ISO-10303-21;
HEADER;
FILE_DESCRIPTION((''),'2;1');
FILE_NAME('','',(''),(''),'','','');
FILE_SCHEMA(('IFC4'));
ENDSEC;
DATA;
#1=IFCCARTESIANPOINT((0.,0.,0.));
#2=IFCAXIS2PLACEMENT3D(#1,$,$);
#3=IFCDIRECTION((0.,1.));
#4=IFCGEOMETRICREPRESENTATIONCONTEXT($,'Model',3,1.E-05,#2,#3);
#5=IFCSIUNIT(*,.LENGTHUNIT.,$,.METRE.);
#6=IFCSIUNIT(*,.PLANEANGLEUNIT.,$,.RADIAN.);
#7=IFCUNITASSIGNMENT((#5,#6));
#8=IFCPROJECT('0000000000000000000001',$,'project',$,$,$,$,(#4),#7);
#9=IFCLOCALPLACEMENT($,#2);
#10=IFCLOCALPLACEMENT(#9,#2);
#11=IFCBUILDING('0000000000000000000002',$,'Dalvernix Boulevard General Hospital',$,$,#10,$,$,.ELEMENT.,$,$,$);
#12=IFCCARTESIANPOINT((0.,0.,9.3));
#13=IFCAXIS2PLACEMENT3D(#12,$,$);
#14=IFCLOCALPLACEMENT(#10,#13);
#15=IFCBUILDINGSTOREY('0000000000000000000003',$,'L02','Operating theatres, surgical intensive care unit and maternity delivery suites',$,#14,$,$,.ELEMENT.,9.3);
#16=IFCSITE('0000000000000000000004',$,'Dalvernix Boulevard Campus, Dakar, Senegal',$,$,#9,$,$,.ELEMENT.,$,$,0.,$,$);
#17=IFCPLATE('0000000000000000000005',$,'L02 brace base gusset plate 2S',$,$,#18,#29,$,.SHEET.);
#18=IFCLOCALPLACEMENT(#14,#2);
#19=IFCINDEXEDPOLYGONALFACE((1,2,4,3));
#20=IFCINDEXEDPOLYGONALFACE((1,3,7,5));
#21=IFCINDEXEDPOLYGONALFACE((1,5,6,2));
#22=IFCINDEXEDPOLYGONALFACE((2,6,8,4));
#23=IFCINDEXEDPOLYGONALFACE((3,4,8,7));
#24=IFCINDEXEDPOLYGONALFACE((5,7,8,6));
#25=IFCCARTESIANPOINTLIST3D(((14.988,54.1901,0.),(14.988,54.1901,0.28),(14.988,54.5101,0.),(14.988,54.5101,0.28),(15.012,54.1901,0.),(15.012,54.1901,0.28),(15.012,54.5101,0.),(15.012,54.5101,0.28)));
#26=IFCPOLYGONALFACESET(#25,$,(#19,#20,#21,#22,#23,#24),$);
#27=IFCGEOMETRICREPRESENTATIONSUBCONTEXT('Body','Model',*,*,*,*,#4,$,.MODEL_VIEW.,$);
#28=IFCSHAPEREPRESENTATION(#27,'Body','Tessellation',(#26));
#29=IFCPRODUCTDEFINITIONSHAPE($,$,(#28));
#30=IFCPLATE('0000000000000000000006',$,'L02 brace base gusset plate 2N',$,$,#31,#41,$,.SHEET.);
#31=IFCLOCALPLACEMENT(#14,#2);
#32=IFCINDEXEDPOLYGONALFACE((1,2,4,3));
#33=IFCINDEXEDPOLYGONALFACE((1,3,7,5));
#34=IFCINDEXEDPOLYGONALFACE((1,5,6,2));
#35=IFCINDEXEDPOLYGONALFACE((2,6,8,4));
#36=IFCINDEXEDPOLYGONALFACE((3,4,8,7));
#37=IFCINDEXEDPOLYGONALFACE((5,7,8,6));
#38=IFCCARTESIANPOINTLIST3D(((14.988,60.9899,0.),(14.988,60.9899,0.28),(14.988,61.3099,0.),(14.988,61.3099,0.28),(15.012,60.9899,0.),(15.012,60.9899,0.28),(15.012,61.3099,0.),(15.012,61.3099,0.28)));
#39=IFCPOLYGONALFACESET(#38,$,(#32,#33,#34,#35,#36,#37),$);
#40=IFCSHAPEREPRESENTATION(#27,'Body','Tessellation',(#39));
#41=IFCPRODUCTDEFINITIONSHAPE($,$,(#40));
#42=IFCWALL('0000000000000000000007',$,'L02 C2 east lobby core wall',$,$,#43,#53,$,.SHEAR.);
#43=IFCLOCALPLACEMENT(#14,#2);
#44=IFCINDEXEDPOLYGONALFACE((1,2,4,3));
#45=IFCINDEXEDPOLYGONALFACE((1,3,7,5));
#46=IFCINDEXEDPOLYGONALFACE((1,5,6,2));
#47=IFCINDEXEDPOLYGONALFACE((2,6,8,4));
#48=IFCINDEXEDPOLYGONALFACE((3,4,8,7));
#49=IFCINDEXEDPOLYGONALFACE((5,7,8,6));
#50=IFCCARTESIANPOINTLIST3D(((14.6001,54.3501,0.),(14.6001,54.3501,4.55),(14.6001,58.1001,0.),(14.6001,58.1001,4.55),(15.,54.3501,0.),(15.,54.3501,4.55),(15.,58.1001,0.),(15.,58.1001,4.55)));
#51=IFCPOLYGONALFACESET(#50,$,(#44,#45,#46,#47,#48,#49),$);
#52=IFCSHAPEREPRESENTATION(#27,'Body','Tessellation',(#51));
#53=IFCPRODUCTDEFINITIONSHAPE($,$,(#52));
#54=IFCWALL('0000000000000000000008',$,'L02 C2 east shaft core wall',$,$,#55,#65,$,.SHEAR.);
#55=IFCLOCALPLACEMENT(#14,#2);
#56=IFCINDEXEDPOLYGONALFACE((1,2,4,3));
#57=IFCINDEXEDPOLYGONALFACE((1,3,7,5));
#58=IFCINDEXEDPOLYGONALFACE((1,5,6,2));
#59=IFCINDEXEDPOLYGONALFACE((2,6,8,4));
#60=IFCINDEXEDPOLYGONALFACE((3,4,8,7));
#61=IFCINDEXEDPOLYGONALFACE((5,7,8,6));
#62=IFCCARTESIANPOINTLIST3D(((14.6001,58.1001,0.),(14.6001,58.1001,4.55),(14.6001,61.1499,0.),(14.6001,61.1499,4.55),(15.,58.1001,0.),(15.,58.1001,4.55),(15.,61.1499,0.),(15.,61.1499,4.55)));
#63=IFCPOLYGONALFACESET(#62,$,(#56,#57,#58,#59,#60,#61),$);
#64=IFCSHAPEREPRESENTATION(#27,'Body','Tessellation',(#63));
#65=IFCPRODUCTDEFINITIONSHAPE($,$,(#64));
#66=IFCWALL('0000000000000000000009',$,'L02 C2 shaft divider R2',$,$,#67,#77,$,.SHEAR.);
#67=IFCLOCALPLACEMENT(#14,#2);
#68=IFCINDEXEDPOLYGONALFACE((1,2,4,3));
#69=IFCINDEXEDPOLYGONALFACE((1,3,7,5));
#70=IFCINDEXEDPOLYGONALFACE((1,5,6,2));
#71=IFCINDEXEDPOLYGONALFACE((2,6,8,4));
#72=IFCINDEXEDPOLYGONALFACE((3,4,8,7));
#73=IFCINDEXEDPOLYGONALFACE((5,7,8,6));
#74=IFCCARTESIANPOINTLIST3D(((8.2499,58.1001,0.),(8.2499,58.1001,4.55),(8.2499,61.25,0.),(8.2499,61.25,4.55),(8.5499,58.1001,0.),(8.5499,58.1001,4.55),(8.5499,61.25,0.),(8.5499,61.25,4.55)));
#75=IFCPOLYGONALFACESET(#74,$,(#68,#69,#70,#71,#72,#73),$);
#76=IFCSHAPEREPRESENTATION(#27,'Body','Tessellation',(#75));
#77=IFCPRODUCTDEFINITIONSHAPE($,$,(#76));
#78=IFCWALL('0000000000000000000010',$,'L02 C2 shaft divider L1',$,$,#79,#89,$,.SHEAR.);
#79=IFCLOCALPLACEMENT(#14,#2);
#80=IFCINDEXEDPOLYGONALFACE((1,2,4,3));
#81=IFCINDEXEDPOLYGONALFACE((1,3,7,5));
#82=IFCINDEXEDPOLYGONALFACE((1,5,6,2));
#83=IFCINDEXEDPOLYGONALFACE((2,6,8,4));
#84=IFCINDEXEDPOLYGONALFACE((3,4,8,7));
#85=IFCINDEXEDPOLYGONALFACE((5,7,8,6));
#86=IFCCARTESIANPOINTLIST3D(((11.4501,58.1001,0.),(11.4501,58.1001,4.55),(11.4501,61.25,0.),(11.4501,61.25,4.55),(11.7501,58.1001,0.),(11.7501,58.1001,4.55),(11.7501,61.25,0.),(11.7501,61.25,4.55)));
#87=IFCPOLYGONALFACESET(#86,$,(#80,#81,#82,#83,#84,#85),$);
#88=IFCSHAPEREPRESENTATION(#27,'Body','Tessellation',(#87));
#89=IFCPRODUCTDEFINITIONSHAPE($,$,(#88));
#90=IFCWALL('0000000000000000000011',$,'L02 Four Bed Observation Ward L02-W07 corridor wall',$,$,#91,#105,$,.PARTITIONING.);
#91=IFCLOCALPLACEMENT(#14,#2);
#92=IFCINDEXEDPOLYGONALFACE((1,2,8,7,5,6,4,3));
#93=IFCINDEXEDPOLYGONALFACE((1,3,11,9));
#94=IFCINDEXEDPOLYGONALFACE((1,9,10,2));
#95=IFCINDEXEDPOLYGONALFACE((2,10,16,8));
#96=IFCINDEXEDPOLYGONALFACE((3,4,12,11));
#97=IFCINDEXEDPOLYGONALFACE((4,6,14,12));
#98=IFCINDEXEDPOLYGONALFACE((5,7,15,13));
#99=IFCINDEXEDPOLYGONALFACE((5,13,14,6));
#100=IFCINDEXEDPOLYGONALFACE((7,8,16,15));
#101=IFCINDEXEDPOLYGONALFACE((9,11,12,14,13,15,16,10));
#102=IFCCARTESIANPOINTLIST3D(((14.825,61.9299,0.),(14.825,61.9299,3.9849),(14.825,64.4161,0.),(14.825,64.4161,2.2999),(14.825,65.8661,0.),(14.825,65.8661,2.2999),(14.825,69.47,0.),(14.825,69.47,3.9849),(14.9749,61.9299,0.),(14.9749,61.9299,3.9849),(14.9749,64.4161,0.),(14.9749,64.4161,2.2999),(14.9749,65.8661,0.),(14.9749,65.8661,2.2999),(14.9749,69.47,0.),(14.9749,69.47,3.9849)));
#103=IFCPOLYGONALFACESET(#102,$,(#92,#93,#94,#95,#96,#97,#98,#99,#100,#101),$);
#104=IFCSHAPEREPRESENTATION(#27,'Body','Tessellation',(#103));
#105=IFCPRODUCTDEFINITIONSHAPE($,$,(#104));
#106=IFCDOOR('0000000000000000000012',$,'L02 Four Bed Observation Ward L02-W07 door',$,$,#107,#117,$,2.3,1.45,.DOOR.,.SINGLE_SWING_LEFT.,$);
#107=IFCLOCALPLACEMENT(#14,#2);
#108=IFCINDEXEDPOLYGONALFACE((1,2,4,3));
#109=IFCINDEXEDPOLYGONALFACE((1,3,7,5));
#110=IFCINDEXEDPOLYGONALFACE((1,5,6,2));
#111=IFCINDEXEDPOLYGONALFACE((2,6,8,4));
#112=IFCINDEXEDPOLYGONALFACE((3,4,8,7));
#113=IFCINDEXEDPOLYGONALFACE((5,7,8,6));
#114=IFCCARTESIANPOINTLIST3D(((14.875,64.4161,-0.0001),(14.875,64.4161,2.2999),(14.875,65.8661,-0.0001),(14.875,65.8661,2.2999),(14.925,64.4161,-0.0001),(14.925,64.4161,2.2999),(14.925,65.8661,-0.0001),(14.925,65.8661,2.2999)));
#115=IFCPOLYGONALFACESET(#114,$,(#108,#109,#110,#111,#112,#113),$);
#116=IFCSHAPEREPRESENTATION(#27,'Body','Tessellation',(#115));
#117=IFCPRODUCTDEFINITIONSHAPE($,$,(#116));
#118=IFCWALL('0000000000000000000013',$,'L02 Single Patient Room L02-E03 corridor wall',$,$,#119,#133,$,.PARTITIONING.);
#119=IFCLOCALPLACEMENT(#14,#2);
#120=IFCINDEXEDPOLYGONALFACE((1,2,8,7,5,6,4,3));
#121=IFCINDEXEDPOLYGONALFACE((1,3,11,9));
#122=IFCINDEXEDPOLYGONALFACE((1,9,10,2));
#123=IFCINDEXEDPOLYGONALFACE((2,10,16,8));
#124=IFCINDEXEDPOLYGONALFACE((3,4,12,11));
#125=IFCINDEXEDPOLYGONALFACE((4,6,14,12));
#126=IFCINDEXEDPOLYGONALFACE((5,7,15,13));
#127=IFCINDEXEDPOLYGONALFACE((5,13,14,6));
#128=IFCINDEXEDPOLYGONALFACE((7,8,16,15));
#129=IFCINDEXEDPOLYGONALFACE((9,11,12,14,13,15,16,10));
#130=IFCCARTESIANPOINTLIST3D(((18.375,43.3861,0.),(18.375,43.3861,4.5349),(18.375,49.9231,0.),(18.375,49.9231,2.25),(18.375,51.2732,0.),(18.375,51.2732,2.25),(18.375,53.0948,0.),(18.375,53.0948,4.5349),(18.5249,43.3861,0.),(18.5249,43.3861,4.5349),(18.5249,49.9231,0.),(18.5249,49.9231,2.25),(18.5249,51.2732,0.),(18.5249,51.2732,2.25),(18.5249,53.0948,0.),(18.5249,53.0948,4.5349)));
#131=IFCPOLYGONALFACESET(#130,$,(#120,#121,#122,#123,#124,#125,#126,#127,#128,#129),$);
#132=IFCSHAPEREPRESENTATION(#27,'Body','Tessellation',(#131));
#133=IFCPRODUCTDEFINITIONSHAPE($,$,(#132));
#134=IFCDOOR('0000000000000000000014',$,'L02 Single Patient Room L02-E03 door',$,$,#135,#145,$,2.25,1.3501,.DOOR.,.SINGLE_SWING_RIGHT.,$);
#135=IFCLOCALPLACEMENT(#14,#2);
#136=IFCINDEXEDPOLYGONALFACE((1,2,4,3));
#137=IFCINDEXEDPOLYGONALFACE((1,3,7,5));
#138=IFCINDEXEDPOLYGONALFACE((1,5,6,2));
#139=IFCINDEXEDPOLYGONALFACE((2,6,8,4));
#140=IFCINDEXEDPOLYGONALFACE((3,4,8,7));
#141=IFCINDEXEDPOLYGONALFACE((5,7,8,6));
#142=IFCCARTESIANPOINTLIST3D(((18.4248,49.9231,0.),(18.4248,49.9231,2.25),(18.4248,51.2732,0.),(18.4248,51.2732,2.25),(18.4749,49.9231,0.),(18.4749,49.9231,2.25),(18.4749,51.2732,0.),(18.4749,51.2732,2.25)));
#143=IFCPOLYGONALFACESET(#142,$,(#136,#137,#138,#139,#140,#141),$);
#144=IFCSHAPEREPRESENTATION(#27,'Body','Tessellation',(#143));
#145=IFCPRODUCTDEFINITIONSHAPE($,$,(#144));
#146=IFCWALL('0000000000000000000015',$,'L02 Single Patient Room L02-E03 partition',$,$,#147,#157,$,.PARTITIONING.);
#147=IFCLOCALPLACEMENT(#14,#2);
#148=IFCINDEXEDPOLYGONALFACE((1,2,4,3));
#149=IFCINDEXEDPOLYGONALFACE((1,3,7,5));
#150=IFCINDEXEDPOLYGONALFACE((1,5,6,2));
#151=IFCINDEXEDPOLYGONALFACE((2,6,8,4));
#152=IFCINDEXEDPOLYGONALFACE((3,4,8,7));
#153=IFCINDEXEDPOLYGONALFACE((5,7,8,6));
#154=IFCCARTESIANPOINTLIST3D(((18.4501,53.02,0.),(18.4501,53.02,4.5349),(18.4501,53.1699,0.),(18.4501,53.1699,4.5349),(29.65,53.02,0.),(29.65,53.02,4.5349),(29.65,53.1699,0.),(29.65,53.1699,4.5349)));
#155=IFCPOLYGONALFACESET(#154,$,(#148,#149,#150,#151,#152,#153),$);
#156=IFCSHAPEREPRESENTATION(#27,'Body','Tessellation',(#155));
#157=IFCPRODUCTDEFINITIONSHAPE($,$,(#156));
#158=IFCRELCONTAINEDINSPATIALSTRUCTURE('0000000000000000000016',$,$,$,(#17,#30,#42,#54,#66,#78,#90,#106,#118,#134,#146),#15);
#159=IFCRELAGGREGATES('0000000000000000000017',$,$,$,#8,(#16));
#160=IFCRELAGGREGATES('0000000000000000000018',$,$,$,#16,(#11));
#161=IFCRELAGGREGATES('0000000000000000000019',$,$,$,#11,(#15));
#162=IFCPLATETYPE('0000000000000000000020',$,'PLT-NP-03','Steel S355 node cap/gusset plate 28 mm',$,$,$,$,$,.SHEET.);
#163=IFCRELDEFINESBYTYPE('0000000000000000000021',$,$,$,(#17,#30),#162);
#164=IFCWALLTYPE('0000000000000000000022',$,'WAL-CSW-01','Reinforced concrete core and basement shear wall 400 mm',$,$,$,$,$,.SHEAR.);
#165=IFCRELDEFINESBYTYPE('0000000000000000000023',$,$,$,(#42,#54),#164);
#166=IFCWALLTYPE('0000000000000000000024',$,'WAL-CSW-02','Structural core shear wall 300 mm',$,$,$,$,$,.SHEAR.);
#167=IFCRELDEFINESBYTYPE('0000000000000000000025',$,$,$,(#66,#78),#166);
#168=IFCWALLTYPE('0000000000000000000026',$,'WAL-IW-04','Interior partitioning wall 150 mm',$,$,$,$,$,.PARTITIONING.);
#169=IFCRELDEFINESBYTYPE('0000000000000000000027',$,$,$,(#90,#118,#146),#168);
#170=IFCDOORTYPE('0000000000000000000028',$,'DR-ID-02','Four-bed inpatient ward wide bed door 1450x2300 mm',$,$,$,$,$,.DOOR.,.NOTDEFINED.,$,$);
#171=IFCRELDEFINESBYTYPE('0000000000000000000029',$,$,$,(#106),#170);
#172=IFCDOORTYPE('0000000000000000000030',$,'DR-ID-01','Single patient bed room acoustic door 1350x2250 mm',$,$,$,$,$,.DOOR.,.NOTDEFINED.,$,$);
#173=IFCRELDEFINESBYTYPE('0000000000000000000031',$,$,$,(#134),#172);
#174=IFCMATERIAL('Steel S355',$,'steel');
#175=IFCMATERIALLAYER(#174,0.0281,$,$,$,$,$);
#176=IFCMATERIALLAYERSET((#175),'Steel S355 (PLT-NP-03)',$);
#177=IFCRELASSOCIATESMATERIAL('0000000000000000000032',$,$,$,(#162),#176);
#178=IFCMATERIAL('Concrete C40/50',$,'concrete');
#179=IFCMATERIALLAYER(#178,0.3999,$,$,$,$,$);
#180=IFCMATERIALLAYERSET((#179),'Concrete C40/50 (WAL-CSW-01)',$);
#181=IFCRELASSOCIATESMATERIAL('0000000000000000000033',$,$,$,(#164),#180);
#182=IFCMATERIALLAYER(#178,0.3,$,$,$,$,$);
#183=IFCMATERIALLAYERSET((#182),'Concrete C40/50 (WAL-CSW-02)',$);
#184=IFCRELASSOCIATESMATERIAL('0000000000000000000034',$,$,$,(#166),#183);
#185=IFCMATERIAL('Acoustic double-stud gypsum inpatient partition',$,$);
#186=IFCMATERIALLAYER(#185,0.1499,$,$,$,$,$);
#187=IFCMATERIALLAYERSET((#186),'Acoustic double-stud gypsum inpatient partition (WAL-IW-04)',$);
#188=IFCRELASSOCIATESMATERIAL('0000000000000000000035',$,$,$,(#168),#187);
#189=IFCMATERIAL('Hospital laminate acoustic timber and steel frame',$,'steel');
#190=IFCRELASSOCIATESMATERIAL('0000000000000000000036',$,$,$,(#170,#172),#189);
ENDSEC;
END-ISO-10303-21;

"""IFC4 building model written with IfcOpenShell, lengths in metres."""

from ifc_helpers import new_model, si_unit, direction, frame, frame_2d, origin, origin_2d, place, context, subcontext, project, spatial, rectangle, extrude, material, layer, layer_set, type_object, element, fill, save


model = new_model("IFC4")

# Units and contexts
model_context = context("Model", 3, precision=1e-05, world=origin(), true_north=direction((0.0, 1.0)))
body_context = subcontext(model_context, "Body", "Model", "MODEL_VIEW")
ifc_project = project(units=[si_unit("LENGTHUNIT", "METRE"), si_unit("PLANEANGLEUNIT", "RADIAN")], contexts=[model_context])

# Site, building, storey
site_placement = place(None, origin())
site = spatial("IfcSite", under=ifc_project, at=site_placement, Name="Dalvernix Boulevard Campus, Dakar, Senegal", CompositionType="ELEMENT", RefElevation=0.0)
building_placement = place(site_placement, origin())
building = spatial("IfcBuilding", under=site, at=building_placement, Name="Dalvernix Boulevard General Hospital", CompositionType="ELEMENT")
storey_placement = place(building_placement, frame((0.0, 0.0, 9.3)))
storey = spatial("IfcBuildingStorey", under=building, at=storey_placement, Name="L02", Description="Operating theatres, surgical intensive care unit and maternity delivery suites", CompositionType="ELEMENT", Elevation=9.3)

# Shared definitions
ifc_material_1 = material(Name="Concrete C40/50", Category="concrete")

# Shared definitions
ifc_material_2 = material(Name="Steel S355", Category="steel")

# Plates
ifc_layer_1 = layer(ifc_material_2, 0.0281)
ifc_layer_set_1 = layer_set([ifc_layer_1], Name="Steel S355 (PLT-NP-03)")
plate_type = type_object("IfcPlateType", Name="PLT-NP-03", Description="Steel S355 node cap/gusset plate 28 mm", PredefinedType="SHEET", material=ifc_layer_set_1)
for number, where, z_axis, x_axis, name in (
    (1, (15.0, 54.3501, 0.0), (0.0, 0.0, 1.0), (0.0, 1.0, 0.0), "L02 brace base gusset plate 2S"),
    (2, (15.0, 61.1499, 0.0), (0.0, 0.0, 1.0), (0.0, 1.0, 0.0), "L02 brace base gusset plate 2N"),
):
    element("IfcPlate", number, at=place(storey_placement, frame(where, z_axis=z_axis, x_axis=x_axis)), inside=storey, type_object=plate_type, Name=name, PredefinedType="SHEET", context=body_context, shape_type="SweptSolid", body=[
        extrude(rectangle(XDim=0.3201, YDim=0.0239, at=origin_2d()), origin(), (0.0, 0.0, 1.0), 0.28),
    ])

# Walls
ifc_layer_2 = layer(ifc_material_1, 0.3999)
ifc_layer_set_2 = layer_set([ifc_layer_2], Name="Concrete C40/50 (WAL-CSW-01)")
wall_type_1 = type_object("IfcWallType", Name="WAL-CSW-01", Description="Reinforced concrete core and basement shear wall 400 mm", PredefinedType="SHEAR", material=ifc_layer_set_2)
wall_1_placement = place(storey_placement, frame((14.8, 54.3501, 0.0), z_axis=(0.0, 0.0, 1.0), x_axis=(0.0, 1.0, 0.0)))
element("IfcWall", 3, at=wall_1_placement, inside=storey, type_object=wall_type_1, Name="L02 C2 east lobby core wall", PredefinedType="SHEAR", context=body_context, shape_type="SweptSolid", body=[
    extrude(rectangle(XDim=3.75, YDim=0.3999, at=frame_2d((1.875, 0.0))), origin(), (0.0, 0.0, 1.0), 4.55),
])
wall_2_placement = place(storey_placement, frame((14.8, 58.1001, 0.0), z_axis=(0.0, 0.0, 1.0), x_axis=(0.0, 1.0, 0.0)))
element("IfcWall", 4, at=wall_2_placement, inside=storey, type_object=wall_type_1, Name="L02 C2 east shaft core wall", PredefinedType="SHEAR", context=body_context, shape_type="SweptSolid", body=[
    extrude(rectangle(XDim=3.0498, YDim=0.3999, at=frame_2d((1.5249, 0.0))), origin(), (0.0, 0.0, 1.0), 4.55),
])
ifc_layer_3 = layer(ifc_material_1, 0.3)
ifc_layer_set_3 = layer_set([ifc_layer_3], Name="Concrete C40/50 (WAL-CSW-02)")
wall_type_2 = type_object("IfcWallType", Name="WAL-CSW-02", Description="Structural core shear wall 300 mm", PredefinedType="SHEAR", material=ifc_layer_set_3)
for number, where, z_axis, x_axis, name in (
    (5, (8.3999, 58.1001, 0.0), (0.0, 0.0, 1.0), (0.0, 1.0, 0.0), "L02 C2 shaft divider R2"),
    (6, (11.6001, 58.1001, 0.0), (0.0, 0.0, 1.0), (0.0, 1.0, 0.0), "L02 C2 shaft divider L1"),
):
    element("IfcWall", number, at=place(storey_placement, frame(where, z_axis=z_axis, x_axis=x_axis)), inside=storey, type_object=wall_type_2, Name=name, PredefinedType="SHEAR", context=body_context, shape_type="SweptSolid", body=[
        extrude(rectangle(XDim=3.1499, YDim=0.3, at=frame_2d((1.575, 0.0))), origin(), (0.0, 0.0, 1.0), 4.55),
    ])

# Walls, openings, doors
ifc_material_3 = material(Name="Acoustic double-stud gypsum inpatient partition")
ifc_layer_4 = layer(ifc_material_3, 0.1499)
ifc_layer_set_4 = layer_set([ifc_layer_4], Name="Acoustic double-stud gypsum inpatient partition (WAL-IW-04)")
wall_type_3 = type_object("IfcWallType", Name="WAL-IW-04", Description="Interior partitioning wall 150 mm", PredefinedType="PARTITIONING", material=ifc_layer_set_4)
wall_3_placement = place(storey_placement, frame((14.8999, 61.9299, 0.0), z_axis=(0.0, 0.0, 1.0), x_axis=(0.0, 1.0, 0.0)))
wall_3 = element("IfcWall", 7, at=wall_3_placement, inside=storey, type_object=wall_type_3, Name="L02 Four Bed Observation Ward L02-W07 corridor wall", PredefinedType="PARTITIONING", context=body_context, shape_type="SweptSolid", body=[
    extrude(rectangle(XDim=7.54, YDim=0.1499, at=frame_2d((3.77, 0.0))), origin(), (0.0, 0.0, 1.0), 3.9849),
])
opening_1_placement = place(wall_3_placement, frame((2.4861, 0.0, 0.0)))
opening_1 = element("IfcOpeningElement", 8, at=opening_1_placement, cuts=wall_3, PredefinedType="OPENING", context=body_context, shape_type="SweptSolid", body=[
    extrude(rectangle(XDim=1.45, YDim=2.3, at=frame_2d((0.7251, 1.1499))), frame((0.0, 0.085, 0.0), z_axis=(0.0, -1.0, 0.0), x_axis=(1.0, 0.0, 0.0)), (0.0, 0.0, 1.0), 0.1699),
])
ifc_material_4 = material(Name="Hospital laminate acoustic timber and steel frame", Category="steel")
door_type_1 = type_object("IfcDoorType", Name="DR-ID-02", Description="Four-bed inpatient ward wide bed door 1450x2300 mm", OperationType="NOTDEFINED", PredefinedType="DOOR", material=ifc_material_4)
door_1_placement = place(opening_1_placement, origin())
door_1 = element("IfcDoor", 9, at=door_1_placement, inside=storey, type_object=door_type_1, Name="L02 Four Bed Observation Ward L02-W07 door", OperationType="SINGLE_SWING_LEFT", OverallHeight=2.3, OverallWidth=1.45, PredefinedType="DOOR", context=body_context, shape_type="SweptSolid", body=[
    extrude(rectangle(XDim=1.45, YDim=2.3, at=frame_2d((0.7251, 1.1499))), frame((0.0, 0.0249, 0.0), z_axis=(0.0, -1.0, 0.0), x_axis=(1.0, 0.0, 0.0)), (0.0, 0.0, 1.0), 0.05),
])
fill(opening_1, door_1)
wall_4_placement = place(storey_placement, frame((18.45, 53.095, 0.0), z_axis=(0.0, 0.0, 1.0), x_axis=(0.0, -1.0, 0.0)))
wall_4 = element("IfcWall", 10, at=wall_4_placement, inside=storey, type_object=wall_type_3, Name="L02 Single Patient Room L02-E03 corridor wall", PredefinedType="PARTITIONING", context=body_context, shape_type="SweptSolid", body=[
    extrude(rectangle(XDim=9.7087, YDim=0.1499, at=frame_2d((4.8545, 0.0))), origin(), (0.0, 0.0, 1.0), 4.5349),
])
opening_2_placement = place(wall_4_placement, frame((1.8218, 0.0, 0.0)))
opening_2 = element("IfcOpeningElement", 11, at=opening_2_placement, cuts=wall_4, PredefinedType="OPENING", context=body_context, shape_type="SweptSolid", body=[
    extrude(rectangle(XDim=1.3501, YDim=2.25, at=frame_2d((0.675, 1.125))), frame((0.0, 0.085, 0.0), z_axis=(0.0, -1.0, 0.0), x_axis=(1.0, 0.0, 0.0)), (0.0, 0.0, 1.0), 0.1699),
])
door_type_2 = type_object("IfcDoorType", Name="DR-ID-01", Description="Single patient bed room acoustic door 1350x2250 mm", OperationType="NOTDEFINED", PredefinedType="DOOR", material=ifc_material_4)
door_2_placement = place(opening_2_placement, origin())
door_2 = element("IfcDoor", 12, at=door_2_placement, inside=storey, type_object=door_type_2, Name="L02 Single Patient Room L02-E03 door", OperationType="SINGLE_SWING_RIGHT", OverallHeight=2.25, OverallWidth=1.3501, PredefinedType="DOOR", context=body_context, shape_type="SweptSolid", body=[
    extrude(rectangle(XDim=1.3501, YDim=2.25, at=frame_2d((0.675, 1.125))), frame((0.0, 0.0249, 0.0), z_axis=(0.0, -1.0, 0.0), x_axis=(1.0, 0.0, 0.0)), (0.0, 0.0, 1.0), 0.05),
])
fill(opening_2, door_2)

# Wall
wall_5_placement = place(storey_placement, frame((18.45, 53.095, 0.0), z_axis=(0.0, 0.0, 1.0), x_axis=(1.0, 0.0, 0.0)))
element("IfcWall", 13, at=wall_5_placement, inside=storey, type_object=wall_type_3, Name="L02 Single Patient Room L02-E03 partition", PredefinedType="PARTITIONING", context=body_context, shape_type="SweptSolid", body=[
    extrude(rectangle(XDim=11.2, YDim=0.1499, at=frame_2d((5.6001, 0.0))), origin(), (0.0, 0.0, 1.0), 4.5349),
])

save(model, "model.ifc")
